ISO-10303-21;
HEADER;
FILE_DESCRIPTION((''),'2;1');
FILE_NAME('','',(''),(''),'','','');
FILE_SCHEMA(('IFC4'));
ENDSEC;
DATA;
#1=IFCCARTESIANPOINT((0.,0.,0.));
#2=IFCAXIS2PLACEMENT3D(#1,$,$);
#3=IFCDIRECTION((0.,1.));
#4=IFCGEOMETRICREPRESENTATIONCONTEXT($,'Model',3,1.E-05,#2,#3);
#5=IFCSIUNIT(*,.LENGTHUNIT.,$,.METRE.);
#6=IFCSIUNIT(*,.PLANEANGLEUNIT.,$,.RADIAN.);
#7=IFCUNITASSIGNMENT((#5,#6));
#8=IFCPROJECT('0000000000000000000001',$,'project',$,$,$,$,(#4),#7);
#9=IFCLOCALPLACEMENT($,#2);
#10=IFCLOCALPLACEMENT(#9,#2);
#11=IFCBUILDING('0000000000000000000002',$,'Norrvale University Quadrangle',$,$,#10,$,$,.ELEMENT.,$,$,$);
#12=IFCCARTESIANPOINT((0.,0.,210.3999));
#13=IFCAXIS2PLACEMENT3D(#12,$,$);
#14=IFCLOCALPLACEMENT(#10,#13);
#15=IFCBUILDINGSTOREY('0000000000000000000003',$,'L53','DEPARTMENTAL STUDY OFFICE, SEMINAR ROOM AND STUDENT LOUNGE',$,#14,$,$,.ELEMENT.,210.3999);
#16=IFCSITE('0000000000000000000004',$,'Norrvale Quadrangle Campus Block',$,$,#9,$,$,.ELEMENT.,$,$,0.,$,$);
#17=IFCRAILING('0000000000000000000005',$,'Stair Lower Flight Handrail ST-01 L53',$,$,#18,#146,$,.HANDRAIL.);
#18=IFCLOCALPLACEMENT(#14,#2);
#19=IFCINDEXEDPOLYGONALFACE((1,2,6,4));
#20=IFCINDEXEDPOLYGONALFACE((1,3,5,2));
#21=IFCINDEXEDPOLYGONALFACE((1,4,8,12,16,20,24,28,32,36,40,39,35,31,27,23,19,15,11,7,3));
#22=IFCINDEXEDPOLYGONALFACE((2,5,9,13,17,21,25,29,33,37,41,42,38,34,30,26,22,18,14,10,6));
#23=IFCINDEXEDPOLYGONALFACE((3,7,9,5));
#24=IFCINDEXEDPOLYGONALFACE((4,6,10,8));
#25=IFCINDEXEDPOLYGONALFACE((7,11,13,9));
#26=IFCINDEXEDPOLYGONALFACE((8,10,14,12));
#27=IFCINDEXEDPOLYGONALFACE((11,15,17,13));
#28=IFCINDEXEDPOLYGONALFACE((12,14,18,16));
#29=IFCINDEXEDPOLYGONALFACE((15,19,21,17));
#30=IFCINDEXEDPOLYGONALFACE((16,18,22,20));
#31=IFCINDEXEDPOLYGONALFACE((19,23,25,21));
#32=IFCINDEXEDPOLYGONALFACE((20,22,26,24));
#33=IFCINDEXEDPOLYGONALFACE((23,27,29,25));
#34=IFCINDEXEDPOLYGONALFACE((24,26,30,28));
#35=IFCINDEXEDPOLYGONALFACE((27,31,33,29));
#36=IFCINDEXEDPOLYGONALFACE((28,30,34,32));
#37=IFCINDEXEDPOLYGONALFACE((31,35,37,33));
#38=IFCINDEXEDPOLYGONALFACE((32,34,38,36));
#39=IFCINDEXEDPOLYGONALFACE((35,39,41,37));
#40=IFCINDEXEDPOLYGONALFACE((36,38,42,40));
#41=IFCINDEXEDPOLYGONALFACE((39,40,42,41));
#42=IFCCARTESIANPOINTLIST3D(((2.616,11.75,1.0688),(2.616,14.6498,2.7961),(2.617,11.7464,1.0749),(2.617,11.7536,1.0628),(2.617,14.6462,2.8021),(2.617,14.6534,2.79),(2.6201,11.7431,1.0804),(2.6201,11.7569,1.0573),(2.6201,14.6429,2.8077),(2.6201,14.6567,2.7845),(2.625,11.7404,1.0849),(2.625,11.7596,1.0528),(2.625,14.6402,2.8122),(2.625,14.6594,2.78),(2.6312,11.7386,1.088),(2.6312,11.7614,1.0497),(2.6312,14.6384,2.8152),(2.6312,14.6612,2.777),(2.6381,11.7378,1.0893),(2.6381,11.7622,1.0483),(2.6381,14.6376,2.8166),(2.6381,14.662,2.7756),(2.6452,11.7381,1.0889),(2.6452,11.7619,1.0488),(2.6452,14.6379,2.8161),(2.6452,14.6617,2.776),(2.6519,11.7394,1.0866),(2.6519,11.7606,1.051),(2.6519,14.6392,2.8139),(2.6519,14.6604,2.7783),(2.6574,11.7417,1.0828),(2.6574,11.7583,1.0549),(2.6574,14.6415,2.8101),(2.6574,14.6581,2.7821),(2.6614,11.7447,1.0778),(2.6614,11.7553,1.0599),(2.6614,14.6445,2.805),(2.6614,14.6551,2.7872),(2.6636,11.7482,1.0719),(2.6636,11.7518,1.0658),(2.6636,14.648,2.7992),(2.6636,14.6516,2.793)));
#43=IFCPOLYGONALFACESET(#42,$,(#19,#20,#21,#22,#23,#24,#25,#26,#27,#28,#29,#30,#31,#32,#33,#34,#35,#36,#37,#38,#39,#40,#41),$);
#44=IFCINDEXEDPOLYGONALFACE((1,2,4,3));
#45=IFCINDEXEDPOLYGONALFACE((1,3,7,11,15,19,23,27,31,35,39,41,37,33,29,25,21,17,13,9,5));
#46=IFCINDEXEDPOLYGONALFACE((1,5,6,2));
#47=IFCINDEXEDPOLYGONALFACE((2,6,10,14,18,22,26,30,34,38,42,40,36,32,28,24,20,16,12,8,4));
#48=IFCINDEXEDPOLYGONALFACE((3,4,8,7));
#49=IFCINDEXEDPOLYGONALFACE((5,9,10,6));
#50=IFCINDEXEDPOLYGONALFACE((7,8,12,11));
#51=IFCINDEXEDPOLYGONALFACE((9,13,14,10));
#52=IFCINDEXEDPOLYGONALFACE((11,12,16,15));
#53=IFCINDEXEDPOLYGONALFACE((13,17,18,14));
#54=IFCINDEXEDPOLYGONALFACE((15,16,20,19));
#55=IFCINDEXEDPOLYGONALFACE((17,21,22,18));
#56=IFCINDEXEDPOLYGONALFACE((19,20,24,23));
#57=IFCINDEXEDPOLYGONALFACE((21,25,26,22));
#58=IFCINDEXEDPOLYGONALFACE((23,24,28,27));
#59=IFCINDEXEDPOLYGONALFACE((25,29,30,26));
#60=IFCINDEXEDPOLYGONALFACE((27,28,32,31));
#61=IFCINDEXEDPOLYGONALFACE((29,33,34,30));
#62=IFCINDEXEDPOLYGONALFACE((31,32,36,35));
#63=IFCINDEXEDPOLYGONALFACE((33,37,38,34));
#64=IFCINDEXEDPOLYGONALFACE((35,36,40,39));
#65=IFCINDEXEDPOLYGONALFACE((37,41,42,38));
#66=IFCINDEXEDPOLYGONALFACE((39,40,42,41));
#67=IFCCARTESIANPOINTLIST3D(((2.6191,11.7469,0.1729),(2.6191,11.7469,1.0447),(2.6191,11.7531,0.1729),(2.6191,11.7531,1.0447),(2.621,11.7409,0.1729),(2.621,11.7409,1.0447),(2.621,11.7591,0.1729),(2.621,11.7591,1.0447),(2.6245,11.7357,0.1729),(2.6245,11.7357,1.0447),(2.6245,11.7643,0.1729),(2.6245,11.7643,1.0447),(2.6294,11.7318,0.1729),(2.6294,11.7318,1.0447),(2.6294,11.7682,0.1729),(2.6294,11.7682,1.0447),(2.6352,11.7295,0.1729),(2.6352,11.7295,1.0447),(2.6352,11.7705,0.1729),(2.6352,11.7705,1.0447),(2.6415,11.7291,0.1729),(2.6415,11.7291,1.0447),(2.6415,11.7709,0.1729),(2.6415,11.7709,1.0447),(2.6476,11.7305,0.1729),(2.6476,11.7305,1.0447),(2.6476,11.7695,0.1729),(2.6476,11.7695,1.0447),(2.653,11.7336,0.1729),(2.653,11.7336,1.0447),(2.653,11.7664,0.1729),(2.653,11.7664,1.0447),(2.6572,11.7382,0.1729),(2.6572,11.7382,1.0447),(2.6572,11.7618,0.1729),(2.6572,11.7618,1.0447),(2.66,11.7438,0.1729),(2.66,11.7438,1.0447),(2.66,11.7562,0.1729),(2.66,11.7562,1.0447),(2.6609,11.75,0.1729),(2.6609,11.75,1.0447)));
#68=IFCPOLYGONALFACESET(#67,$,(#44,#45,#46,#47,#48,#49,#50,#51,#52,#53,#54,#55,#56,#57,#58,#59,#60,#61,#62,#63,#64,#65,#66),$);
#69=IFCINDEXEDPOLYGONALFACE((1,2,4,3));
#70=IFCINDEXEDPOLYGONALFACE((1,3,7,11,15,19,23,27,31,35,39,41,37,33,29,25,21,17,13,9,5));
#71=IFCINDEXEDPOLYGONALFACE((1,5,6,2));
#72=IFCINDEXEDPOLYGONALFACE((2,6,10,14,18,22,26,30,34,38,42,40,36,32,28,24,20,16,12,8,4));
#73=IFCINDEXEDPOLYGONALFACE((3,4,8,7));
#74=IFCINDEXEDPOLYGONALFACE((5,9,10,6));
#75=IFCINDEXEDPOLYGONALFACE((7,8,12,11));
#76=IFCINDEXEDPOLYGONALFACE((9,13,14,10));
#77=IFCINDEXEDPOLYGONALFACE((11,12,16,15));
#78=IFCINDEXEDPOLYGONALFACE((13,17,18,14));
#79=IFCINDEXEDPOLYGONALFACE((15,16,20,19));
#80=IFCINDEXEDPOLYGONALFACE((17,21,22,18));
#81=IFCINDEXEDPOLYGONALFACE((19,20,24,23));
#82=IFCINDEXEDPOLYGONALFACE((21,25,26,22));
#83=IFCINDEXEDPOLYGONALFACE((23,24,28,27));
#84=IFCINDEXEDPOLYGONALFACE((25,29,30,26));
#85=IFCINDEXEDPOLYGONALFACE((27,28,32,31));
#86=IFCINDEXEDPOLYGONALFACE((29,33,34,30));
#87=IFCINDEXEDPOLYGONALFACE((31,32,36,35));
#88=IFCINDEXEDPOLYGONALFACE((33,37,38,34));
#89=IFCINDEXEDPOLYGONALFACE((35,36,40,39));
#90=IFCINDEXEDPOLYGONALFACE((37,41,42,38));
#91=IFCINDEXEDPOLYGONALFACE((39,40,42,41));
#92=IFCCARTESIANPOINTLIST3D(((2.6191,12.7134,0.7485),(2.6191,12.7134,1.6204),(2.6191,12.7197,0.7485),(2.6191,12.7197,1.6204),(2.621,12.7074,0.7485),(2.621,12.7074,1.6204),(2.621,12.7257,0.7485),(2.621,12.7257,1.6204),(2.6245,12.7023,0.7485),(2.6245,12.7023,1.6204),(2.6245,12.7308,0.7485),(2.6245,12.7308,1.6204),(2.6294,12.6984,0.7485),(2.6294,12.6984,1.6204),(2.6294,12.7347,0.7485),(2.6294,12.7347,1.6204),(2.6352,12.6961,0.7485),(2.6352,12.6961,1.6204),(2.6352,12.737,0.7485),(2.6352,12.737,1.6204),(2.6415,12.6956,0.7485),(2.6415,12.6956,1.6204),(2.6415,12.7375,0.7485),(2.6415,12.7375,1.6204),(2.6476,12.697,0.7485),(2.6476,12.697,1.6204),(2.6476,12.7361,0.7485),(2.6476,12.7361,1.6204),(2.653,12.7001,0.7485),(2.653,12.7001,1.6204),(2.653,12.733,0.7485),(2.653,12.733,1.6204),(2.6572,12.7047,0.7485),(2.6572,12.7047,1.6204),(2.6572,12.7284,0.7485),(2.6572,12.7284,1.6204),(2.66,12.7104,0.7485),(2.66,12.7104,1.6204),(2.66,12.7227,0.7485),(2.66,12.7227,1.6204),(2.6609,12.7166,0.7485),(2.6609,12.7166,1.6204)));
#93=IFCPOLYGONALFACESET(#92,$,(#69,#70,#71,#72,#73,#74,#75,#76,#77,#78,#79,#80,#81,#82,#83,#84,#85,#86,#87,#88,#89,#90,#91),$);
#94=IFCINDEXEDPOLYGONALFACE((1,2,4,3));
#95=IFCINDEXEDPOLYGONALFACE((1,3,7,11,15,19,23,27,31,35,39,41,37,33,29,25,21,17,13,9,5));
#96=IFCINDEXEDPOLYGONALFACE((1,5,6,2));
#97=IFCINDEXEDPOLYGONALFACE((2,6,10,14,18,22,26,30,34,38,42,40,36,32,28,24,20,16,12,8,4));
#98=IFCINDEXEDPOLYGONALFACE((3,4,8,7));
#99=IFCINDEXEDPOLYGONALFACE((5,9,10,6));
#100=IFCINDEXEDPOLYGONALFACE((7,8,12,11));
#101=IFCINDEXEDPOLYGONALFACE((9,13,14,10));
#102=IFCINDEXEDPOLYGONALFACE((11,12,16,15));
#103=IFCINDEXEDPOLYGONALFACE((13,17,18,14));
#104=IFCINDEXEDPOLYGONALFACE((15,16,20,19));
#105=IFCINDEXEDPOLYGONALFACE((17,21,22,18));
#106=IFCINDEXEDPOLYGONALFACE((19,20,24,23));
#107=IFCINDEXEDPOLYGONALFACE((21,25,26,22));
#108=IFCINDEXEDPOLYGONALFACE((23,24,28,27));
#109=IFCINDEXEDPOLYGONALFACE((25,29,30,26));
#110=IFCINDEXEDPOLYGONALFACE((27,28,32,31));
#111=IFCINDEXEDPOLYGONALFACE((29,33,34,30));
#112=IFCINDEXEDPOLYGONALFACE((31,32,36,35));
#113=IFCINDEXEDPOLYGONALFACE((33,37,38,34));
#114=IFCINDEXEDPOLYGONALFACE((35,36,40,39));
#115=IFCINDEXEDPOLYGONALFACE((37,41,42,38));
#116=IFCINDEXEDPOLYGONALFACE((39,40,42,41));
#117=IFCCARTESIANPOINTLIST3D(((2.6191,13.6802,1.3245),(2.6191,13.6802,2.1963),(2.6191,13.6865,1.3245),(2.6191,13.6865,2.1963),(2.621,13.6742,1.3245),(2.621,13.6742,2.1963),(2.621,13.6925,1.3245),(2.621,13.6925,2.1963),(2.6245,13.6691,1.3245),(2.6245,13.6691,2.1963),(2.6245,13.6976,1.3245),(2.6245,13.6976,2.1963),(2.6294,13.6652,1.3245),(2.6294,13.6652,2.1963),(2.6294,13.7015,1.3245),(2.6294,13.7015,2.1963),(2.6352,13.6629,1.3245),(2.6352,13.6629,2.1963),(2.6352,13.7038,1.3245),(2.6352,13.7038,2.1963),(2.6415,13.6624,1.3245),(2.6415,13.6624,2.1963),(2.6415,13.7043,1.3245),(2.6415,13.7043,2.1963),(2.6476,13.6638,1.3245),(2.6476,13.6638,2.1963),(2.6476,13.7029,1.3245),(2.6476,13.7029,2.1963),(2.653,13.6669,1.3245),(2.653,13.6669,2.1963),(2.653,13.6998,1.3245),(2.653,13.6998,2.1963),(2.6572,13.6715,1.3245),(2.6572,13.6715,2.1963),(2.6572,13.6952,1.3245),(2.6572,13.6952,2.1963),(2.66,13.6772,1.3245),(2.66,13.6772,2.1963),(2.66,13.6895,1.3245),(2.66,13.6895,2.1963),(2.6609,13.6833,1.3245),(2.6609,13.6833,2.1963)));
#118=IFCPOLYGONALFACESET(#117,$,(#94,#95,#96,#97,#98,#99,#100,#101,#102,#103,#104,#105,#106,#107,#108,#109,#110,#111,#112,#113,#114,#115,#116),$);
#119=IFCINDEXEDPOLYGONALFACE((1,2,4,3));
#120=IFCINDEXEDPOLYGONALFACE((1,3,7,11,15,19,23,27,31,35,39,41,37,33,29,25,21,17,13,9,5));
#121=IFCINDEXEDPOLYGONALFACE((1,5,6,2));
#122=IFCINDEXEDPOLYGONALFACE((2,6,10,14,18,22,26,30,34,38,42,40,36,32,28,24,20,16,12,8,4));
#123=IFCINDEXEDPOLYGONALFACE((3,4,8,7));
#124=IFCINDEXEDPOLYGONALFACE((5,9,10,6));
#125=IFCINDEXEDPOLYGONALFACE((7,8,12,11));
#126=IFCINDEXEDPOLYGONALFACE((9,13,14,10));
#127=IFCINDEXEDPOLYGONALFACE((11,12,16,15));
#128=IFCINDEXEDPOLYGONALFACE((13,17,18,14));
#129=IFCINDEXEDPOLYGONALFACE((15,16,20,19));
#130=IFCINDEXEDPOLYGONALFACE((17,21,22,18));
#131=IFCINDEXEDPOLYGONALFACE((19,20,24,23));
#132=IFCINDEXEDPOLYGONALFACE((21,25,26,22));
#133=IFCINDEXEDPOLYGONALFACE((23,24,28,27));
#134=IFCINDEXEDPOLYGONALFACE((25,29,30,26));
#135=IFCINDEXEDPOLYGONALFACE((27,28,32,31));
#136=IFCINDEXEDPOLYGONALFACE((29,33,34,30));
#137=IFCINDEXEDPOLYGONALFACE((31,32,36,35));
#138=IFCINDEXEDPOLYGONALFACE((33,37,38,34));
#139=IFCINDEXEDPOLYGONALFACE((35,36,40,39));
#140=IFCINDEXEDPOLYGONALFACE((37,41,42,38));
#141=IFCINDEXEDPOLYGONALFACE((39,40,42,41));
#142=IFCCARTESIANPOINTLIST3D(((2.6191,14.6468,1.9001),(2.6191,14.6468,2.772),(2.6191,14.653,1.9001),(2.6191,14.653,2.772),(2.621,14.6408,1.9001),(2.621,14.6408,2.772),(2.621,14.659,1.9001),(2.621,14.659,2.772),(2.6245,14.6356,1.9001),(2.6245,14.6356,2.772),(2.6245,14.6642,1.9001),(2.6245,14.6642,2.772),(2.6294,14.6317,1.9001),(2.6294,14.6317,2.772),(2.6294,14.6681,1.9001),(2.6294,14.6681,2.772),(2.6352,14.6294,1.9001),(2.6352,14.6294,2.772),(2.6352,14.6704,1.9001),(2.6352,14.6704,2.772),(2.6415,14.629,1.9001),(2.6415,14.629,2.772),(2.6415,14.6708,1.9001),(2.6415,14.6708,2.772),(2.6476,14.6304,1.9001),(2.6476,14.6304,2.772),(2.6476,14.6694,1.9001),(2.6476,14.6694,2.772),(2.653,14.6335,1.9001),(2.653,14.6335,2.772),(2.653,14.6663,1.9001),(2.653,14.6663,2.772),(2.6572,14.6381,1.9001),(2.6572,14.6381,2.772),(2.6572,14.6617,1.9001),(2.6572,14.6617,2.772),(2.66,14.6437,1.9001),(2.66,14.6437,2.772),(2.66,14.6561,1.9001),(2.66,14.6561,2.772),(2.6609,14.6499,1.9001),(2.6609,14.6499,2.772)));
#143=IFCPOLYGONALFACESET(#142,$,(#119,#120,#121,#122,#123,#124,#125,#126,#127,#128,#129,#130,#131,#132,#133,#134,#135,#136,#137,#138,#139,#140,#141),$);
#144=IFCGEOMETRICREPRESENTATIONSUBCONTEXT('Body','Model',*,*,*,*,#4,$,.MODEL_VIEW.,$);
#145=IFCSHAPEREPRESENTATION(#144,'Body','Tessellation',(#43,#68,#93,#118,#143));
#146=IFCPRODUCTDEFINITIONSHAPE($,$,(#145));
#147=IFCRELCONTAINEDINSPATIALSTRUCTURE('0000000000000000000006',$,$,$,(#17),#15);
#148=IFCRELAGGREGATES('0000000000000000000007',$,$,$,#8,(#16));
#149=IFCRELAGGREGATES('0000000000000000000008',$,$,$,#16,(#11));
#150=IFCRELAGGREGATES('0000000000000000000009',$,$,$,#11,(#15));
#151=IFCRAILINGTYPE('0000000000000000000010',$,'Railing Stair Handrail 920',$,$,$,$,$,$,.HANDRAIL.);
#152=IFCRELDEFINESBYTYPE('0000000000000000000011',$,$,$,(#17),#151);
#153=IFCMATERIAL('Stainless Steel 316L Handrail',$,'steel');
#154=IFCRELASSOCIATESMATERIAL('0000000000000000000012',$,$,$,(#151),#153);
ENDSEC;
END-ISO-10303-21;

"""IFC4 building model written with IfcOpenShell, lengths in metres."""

from ifc_helpers import new_model, si_unit, direction, frame, origin, origin_2d, place, context, subcontext, project, spatial, circle, extrude, material, type_object, element, save


model = new_model("IFC4")

# Units and contexts
model_context = context("Model", 3, precision=1e-05, world=origin(), true_north=direction((0.0, 1.0)))
body_context = subcontext(model_context, "Body", "Model", "MODEL_VIEW")
ifc_project = project(units=[si_unit("LENGTHUNIT", "METRE"), si_unit("PLANEANGLEUNIT", "RADIAN")], contexts=[model_context])

# Site, building, storey
site_placement = place(None, origin())
site = spatial("IfcSite", under=ifc_project, at=site_placement, Name="Norrvale Quadrangle Campus Block", CompositionType="ELEMENT", RefElevation=0.0)
building_placement = place(site_placement, origin())
building = spatial("IfcBuilding", under=site, at=building_placement, Name="Norrvale University Quadrangle", CompositionType="ELEMENT")
storey_placement = place(building_placement, frame((0.0, 0.0, 210.3999)))
storey = spatial("IfcBuildingStorey", under=building, at=storey_placement, Name="L53", Description="DEPARTMENTAL STUDY OFFICE, SEMINAR ROOM AND STUDENT LOUNGE", CompositionType="ELEMENT", Elevation=210.3999)

# Railing
ifc_material_1 = material(Name="Stainless Steel 316L Handrail", Category="steel")
railing_type_1 = type_object("IfcRailingType", Name="Railing Stair Handrail 920", PredefinedType="HANDRAIL", material=ifc_material_1)
railing_1_placement = place(storey_placement, frame((2.6399, 11.75, 0.1729)))
element("IfcRailing", 1, at=railing_1_placement, inside=storey, type_object=railing_type_1, Name="Stair Lower Flight Handrail ST-01 L53", PredefinedType="HANDRAIL", context=body_context, shape_type="SweptSolid", body=[
    extrude(circle(Radius=0.0239, at=origin_2d()), frame((0.0, 0.0, 0.896), z_axis=(0.0, 0.859141, 0.511738), x_axis=(-1.0, 0.0, 0.0)), (0.0, 0.0, 1.0), 3.3752),
    extrude(circle(Radius=0.021, at=origin_2d()), origin(), (0.0, 0.0, 1.0), 0.8718),
    extrude(circle(Radius=0.021, at=origin_2d()), frame((0.0, 0.9666, 0.5757)), (0.0, 0.0, 1.0), 0.8718),
    extrude(circle(Radius=0.021, at=origin_2d()), frame((0.0, 1.9333, 1.1516)), (0.0, 0.0, 1.0), 0.8718),
    extrude(circle(Radius=0.021, at=origin_2d()), frame((0.0, 2.8999, 1.7273)), (0.0, 0.0, 1.0), 0.8718),
])

save(model, "model.ifc")
